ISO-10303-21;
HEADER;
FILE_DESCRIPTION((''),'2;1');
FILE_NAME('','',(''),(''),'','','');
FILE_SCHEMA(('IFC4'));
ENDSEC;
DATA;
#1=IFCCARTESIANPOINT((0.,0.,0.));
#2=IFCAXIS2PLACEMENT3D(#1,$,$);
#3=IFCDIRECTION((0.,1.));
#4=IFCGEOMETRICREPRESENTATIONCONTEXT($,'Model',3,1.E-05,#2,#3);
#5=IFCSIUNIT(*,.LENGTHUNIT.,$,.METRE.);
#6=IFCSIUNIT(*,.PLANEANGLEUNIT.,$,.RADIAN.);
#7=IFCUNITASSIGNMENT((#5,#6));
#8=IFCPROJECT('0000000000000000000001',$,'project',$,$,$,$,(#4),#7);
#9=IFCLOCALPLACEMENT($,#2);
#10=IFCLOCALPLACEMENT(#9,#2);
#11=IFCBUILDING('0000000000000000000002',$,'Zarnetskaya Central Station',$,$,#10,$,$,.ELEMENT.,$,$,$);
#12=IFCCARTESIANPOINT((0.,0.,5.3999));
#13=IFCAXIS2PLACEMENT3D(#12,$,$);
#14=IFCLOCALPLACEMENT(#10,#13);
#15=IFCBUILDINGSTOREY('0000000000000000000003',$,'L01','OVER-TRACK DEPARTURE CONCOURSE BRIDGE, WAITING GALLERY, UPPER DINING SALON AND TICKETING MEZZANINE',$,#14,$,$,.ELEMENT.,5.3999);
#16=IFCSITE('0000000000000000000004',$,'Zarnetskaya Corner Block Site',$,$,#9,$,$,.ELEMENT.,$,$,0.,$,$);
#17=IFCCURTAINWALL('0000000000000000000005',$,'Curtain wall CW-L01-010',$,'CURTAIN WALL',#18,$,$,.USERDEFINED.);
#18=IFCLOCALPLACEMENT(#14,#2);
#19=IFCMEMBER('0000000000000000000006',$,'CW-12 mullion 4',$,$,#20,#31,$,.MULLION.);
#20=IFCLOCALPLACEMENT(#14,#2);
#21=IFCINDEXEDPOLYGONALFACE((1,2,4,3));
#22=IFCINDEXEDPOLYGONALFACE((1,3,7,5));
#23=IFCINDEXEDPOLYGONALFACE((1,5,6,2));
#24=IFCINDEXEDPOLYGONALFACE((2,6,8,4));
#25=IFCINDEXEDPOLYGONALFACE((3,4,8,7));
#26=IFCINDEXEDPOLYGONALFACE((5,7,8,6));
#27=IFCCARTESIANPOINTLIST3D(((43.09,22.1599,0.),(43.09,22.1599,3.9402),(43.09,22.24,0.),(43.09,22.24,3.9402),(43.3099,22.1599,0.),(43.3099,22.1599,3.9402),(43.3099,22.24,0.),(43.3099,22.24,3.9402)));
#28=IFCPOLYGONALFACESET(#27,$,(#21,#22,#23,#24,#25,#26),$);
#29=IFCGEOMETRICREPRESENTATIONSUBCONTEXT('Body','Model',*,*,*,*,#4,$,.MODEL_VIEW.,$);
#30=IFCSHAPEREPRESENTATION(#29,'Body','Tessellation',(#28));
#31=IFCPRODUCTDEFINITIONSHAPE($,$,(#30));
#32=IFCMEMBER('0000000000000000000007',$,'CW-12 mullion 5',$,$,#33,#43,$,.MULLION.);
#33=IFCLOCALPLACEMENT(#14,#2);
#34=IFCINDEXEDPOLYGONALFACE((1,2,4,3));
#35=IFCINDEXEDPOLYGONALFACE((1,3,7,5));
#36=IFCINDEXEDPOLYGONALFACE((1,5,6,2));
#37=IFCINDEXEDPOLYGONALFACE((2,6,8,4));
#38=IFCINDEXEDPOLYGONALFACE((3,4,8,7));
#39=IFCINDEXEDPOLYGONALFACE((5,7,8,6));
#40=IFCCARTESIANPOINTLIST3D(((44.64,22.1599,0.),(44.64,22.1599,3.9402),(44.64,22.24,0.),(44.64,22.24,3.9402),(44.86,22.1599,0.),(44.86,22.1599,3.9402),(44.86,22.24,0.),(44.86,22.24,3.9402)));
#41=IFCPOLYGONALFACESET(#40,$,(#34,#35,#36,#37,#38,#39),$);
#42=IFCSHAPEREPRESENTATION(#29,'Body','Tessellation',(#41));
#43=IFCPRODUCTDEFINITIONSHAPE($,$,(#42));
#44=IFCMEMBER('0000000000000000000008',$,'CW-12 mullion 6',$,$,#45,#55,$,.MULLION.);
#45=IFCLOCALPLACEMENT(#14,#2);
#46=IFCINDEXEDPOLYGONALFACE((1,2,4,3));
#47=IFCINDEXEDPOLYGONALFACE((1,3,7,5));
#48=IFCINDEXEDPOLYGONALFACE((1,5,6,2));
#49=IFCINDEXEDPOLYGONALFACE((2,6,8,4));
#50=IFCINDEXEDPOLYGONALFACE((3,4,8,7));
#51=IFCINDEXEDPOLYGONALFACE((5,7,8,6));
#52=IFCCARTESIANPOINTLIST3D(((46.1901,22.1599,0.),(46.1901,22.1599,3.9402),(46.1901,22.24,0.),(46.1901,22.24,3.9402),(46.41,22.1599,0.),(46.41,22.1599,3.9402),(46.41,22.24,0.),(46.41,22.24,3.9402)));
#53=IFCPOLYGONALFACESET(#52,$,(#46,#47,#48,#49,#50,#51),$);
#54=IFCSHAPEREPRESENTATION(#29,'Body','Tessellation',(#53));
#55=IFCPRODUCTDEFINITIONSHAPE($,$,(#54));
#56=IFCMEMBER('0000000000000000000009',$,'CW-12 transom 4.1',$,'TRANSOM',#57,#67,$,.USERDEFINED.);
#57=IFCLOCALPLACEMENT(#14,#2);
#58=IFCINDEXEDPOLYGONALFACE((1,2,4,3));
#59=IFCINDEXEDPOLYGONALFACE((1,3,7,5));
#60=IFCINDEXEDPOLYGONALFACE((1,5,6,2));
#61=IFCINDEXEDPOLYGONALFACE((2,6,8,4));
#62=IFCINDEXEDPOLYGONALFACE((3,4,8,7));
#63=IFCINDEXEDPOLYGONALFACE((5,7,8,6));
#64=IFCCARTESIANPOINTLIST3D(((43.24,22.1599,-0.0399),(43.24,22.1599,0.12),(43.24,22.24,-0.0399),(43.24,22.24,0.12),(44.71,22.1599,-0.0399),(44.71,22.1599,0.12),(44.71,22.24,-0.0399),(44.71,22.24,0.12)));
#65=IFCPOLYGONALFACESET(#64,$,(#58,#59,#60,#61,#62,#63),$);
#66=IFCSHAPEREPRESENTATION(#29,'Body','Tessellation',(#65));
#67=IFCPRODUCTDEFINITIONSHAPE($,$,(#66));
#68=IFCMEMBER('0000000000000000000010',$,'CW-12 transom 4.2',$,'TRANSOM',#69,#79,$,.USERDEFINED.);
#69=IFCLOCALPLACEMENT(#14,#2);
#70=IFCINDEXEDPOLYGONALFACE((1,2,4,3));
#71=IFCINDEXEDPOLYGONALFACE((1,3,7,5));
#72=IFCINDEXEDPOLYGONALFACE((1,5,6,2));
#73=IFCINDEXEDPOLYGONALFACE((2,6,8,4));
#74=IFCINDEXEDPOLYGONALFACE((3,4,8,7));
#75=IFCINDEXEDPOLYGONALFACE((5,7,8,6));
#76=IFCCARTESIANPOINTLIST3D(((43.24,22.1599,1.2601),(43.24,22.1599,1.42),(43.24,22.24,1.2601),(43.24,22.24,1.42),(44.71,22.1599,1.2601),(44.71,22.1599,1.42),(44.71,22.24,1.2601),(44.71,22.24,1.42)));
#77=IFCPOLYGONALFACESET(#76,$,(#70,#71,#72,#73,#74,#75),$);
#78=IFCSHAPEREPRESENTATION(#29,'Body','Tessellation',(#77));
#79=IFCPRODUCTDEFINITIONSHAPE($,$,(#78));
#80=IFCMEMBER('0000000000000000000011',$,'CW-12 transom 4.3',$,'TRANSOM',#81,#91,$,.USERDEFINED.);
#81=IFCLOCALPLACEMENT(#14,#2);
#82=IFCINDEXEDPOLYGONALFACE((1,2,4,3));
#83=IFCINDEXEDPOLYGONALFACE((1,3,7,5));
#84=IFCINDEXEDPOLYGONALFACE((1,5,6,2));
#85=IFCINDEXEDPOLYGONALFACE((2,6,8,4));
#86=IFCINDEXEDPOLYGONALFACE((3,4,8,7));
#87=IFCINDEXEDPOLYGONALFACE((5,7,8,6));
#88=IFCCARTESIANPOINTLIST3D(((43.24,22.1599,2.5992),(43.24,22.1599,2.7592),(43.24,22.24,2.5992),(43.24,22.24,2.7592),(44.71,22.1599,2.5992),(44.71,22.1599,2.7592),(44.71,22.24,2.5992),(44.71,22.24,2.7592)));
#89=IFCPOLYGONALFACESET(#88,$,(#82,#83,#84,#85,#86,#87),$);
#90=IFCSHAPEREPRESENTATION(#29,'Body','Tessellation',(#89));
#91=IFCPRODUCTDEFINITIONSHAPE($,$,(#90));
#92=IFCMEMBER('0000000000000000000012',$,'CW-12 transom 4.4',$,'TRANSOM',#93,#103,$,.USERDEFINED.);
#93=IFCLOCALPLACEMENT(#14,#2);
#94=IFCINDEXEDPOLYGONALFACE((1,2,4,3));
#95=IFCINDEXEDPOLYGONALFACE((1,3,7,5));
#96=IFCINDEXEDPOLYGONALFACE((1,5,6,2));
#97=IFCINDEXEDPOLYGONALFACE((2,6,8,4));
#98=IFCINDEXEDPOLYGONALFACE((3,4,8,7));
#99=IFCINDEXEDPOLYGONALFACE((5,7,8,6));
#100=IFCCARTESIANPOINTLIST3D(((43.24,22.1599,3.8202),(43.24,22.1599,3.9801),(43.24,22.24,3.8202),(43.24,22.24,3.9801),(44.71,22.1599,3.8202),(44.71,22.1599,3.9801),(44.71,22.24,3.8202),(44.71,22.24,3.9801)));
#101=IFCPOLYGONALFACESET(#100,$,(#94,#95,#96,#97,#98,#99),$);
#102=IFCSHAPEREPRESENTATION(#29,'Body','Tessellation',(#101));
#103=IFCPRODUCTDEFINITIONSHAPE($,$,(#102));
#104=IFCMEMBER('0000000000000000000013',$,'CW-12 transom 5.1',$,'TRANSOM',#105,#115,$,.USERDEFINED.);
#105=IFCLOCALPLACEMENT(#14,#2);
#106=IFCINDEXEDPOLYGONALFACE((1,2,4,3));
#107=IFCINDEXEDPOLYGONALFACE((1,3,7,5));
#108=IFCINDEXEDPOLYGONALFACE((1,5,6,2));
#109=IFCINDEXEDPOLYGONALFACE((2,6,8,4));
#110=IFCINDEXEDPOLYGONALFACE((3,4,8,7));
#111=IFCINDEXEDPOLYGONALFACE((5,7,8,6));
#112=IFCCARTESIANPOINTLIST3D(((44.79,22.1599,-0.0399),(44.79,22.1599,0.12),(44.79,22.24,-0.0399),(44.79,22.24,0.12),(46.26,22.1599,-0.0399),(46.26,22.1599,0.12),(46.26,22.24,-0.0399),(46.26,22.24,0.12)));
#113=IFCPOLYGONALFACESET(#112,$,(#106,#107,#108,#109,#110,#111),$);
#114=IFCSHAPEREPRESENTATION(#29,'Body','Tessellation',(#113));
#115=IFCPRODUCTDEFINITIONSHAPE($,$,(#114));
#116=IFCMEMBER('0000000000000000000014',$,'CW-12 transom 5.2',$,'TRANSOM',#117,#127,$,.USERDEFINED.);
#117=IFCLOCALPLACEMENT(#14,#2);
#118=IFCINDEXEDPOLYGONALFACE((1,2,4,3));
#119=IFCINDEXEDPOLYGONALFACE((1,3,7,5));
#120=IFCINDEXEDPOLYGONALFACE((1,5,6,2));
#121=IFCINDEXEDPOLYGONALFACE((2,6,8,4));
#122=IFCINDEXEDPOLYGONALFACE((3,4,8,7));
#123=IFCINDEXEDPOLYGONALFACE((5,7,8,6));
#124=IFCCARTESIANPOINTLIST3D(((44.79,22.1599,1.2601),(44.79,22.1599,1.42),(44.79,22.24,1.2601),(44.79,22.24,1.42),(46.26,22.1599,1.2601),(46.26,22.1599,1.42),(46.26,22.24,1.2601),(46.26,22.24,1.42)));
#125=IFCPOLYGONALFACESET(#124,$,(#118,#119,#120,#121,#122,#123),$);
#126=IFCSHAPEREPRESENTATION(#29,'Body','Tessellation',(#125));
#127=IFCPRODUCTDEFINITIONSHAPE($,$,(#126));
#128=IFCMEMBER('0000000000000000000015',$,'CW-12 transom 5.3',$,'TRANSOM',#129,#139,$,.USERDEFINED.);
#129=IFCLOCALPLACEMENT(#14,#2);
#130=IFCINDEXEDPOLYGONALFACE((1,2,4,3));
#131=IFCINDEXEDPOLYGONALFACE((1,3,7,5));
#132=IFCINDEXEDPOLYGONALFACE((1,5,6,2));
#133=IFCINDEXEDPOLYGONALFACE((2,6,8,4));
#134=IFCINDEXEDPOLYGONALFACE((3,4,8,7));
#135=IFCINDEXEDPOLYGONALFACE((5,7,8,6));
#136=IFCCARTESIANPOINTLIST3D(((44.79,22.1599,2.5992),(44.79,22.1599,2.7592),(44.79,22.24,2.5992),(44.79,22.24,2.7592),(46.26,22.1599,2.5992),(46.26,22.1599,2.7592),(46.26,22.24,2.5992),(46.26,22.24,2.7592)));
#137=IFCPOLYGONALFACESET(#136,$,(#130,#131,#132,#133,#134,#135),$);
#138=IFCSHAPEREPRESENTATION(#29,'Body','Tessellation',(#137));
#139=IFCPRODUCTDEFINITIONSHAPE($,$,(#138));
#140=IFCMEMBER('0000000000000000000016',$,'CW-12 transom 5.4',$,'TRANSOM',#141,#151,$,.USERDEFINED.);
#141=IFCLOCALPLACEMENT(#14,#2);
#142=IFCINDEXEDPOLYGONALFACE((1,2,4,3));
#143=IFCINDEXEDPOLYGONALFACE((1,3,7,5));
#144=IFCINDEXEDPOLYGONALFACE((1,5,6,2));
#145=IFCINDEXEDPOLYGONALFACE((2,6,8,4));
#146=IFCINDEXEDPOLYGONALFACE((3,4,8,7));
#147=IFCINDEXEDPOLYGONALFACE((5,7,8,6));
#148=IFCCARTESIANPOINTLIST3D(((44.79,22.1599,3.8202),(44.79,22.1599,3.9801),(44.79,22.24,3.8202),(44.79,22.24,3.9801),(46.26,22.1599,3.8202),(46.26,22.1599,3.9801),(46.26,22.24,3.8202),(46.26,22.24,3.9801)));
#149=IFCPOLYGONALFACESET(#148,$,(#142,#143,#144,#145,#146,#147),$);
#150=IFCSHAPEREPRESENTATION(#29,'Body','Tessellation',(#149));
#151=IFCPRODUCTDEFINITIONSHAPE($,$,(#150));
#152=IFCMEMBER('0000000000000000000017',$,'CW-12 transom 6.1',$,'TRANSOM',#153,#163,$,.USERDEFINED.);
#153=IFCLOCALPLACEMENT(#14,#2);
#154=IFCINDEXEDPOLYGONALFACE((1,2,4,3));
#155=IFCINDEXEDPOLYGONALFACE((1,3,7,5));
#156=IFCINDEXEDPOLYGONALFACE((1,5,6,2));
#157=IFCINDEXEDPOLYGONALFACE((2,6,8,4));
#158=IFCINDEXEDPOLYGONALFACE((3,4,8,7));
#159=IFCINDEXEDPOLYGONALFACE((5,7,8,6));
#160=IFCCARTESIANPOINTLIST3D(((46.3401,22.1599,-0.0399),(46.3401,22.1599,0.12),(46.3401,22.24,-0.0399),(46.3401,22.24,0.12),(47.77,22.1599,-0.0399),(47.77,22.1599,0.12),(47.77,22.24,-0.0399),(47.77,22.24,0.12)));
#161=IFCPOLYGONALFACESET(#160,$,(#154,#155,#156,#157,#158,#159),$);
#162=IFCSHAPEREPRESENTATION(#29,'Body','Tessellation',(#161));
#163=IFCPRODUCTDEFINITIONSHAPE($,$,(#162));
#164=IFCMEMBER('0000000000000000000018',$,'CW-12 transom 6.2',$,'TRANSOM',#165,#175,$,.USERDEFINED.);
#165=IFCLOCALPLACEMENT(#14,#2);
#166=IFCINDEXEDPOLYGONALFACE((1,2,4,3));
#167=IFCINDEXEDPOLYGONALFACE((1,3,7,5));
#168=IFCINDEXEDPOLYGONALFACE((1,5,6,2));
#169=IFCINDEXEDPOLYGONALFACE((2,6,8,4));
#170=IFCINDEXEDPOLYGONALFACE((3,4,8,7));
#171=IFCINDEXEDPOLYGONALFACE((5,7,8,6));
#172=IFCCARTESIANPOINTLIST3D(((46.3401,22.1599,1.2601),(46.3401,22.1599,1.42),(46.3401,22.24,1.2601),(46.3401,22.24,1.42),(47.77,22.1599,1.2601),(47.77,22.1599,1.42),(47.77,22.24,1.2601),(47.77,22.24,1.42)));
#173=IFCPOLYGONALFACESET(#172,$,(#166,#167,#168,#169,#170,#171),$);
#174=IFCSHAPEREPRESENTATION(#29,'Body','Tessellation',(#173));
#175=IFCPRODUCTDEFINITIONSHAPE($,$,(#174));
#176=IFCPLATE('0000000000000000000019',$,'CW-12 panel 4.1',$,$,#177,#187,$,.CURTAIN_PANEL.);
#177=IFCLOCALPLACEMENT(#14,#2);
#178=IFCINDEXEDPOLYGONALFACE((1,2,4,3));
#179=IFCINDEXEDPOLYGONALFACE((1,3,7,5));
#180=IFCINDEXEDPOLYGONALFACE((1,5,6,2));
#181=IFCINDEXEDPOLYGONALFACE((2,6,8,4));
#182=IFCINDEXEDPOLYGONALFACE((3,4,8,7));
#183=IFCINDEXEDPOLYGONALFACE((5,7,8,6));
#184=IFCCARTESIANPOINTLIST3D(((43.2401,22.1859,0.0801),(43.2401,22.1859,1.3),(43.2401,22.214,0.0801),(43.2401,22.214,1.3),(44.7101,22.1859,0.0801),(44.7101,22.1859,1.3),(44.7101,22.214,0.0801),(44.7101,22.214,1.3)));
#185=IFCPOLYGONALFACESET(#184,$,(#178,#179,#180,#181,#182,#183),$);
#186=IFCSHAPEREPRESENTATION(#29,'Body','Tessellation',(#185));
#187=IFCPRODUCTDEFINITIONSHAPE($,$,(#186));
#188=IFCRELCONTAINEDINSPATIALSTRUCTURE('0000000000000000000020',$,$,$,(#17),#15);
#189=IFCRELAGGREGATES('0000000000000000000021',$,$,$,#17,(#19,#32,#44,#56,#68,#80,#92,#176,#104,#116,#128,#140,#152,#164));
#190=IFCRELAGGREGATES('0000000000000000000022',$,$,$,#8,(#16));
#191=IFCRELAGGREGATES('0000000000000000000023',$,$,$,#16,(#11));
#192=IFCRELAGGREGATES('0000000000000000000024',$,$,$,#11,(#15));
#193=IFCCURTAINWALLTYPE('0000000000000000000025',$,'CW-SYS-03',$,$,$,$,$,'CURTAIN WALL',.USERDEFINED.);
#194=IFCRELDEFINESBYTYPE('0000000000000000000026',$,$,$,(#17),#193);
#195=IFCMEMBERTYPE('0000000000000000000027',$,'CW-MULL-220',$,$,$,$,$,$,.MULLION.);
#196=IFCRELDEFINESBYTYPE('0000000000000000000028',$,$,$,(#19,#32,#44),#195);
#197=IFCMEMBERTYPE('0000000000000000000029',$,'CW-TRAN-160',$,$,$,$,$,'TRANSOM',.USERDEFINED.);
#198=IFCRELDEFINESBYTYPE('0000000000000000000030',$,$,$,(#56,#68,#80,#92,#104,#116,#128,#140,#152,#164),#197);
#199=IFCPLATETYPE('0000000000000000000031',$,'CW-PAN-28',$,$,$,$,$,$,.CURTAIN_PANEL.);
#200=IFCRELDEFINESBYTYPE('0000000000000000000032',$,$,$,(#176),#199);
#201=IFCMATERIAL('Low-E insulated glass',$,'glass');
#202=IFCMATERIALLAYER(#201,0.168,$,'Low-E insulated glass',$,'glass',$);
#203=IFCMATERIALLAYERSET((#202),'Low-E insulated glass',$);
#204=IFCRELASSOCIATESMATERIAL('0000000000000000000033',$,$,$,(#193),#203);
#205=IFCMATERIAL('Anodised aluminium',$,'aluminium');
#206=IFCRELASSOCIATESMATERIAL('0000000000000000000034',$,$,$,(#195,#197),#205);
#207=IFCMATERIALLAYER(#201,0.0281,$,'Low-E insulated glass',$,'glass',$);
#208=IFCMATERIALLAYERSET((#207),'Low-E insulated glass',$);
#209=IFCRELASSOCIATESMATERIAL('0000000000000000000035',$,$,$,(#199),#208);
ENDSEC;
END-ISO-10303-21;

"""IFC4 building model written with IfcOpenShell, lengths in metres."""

from ifc_helpers import new_model, si_unit, direction, frame, origin, origin_2d, place, context, subcontext, project, spatial, rectangle, extrude, material, layer, layer_set, material_profile, profile_set, type_object, element, aggregate, save


model = new_model("IFC4")

# Units and contexts
model_context = context("Model", 3, precision=1e-05, world=origin(), true_north=direction((0.0, 1.0)))
body_context = subcontext(model_context, "Body", "Model", "MODEL_VIEW")
ifc_project = project(units=[si_unit("LENGTHUNIT", "METRE"), si_unit("PLANEANGLEUNIT", "RADIAN")], contexts=[model_context])

# Site, building, storey
site_placement = place(None, origin())
site = spatial("IfcSite", under=ifc_project, at=site_placement, Name="Zarnetskaya Corner Block Site", CompositionType="ELEMENT", RefElevation=0.0)
building_placement = place(site_placement, origin())
building = spatial("IfcBuilding", under=site, at=building_placement, Name="Zarnetskaya Central Station", CompositionType="ELEMENT")
storey_placement = place(building_placement, frame((0.0, 0.0, 5.3999)))
storey = spatial("IfcBuildingStorey", under=building, at=storey_placement, Name="L01", Description="OVER-TRACK DEPARTURE CONCOURSE BRIDGE, WAITING GALLERY, UPPER DINING SALON AND TICKETING MEZZANINE", CompositionType="ELEMENT", Elevation=5.3999)

# Curtain wall, members, plate
ifc_material_1 = material(Name="Low-E insulated glass", Category="glass")
ifc_layer_1 = layer(ifc_material_1, 0.168, Name="Low-E insulated glass", Category="glass")
ifc_layer_set_1 = layer_set([ifc_layer_1], Name="Low-E insulated glass")
curtain_wall_type = type_object("IfcCurtainWallType", Name="CW-SYS-03", ElementType="CURTAIN WALL", PredefinedType="USERDEFINED", material=ifc_layer_set_1)
curtain_wall_placement = place(storey_placement, origin())
curtain_wall = element("IfcCurtainWall", 1, at=curtain_wall_placement, inside=storey, type_object=curtain_wall_type, Name="Curtain wall CW-L01-010", ObjectType="CURTAIN WALL", PredefinedType="USERDEFINED")
ifc_material_2 = material(Name="Anodised aluminium", Category="aluminium")
ifc_material_profile_1 = material_profile(ifc_material_2, rectangle(XDim=0.0801, YDim=0.22, at=origin_2d()), Name="ALU MULL 80x220")
ifc_profile_set_1 = profile_set([ifc_material_profile_1], Name="Anodised aluminium")
member_type_1 = type_object("IfcMemberType", Name="CW-MULL-220", PredefinedType="MULLION", material=ifc_profile_set_1)
member_1_placement = place(storey_placement, frame((43.2, 22.2, 0.0), z_axis=(0.0, 0.0, 1.0), x_axis=(0.0, 1.0, 0.0)))
member_1 = element("IfcMember", 2, at=member_1_placement, type_object=member_type_1, Name="CW-12 mullion 4", PredefinedType="MULLION", context=body_context, shape_type="SweptSolid", body=[
    extrude(rectangle(XDim=0.0801, YDim=0.22, at=origin_2d()), origin(), (0.0, 0.0, 1.0), 3.9402),
])
member_2_placement = place(storey_placement, frame((44.75, 22.2, 0.0), z_axis=(0.0, 0.0, 1.0), x_axis=(0.0, 1.0, 0.0)))
member_2 = element("IfcMember", 3, at=member_2_placement, type_object=member_type_1, Name="CW-12 mullion 5", PredefinedType="MULLION", context=body_context, shape_type="SweptSolid", body=[
    extrude(rectangle(XDim=0.0801, YDim=0.22, at=origin_2d()), origin(), (0.0, 0.0, 1.0), 3.9402),
])
member_3_placement = place(storey_placement, frame((46.3, 22.2, 0.0), z_axis=(0.0, 0.0, 1.0), x_axis=(0.0, 1.0, 0.0)))
member_3 = element("IfcMember", 4, at=member_3_placement, type_object=member_type_1, Name="CW-12 mullion 6", PredefinedType="MULLION", context=body_context, shape_type="SweptSolid", body=[
    extrude(rectangle(XDim=0.0801, YDim=0.22, at=origin_2d()), origin(), (0.0, 0.0, 1.0), 3.9402),
])
ifc_material_profile_2 = material_profile(ifc_material_2, rectangle(XDim=0.0801, YDim=0.1599, at=origin_2d()), Name="ALU TRAN 80x160")
ifc_profile_set_2 = profile_set([ifc_material_profile_2], Name="Anodised aluminium")
member_type_2 = type_object("IfcMemberType", Name="CW-TRAN-160", ElementType="TRANSOM", PredefinedType="USERDEFINED", material=ifc_profile_set_2)
member_4_placement = place(storey_placement, frame((43.24, 22.2, 0.04), z_axis=(1.0, 0.0, 0.0), x_axis=(0.0, 1.0, 0.0)))
member_4 = element("IfcMember", 5, at=member_4_placement, type_object=member_type_2, Name="CW-12 transom 4.1", ObjectType="TRANSOM", PredefinedType="USERDEFINED", context=body_context, shape_type="SweptSolid", body=[
    extrude(rectangle(XDim=0.0801, YDim=0.1599, at=origin_2d()), origin(), (0.0, 0.0, 1.0), 1.47),
])
member_5_placement = place(storey_placement, frame((43.24, 22.2, 1.3401), z_axis=(1.0, 0.0, 0.0), x_axis=(0.0, 1.0, 0.0)))
member_5 = element("IfcMember", 6, at=member_5_placement, type_object=member_type_2, Name="CW-12 transom 4.2", ObjectType="TRANSOM", PredefinedType="USERDEFINED", context=body_context, shape_type="SweptSolid", body=[
    extrude(rectangle(XDim=0.0801, YDim=0.1599, at=origin_2d()), origin(), (0.0, 0.0, 1.0), 1.47),
])
member_6_placement = place(storey_placement, frame((43.24, 22.2, 2.6792), z_axis=(1.0, 0.0, 0.0), x_axis=(0.0, 1.0, 0.0)))
member_6 = element("IfcMember", 7, at=member_6_placement, type_object=member_type_2, Name="CW-12 transom 4.3", ObjectType="TRANSOM", PredefinedType="USERDEFINED", context=body_context, shape_type="SweptSolid", body=[
    extrude(rectangle(XDim=0.0801, YDim=0.1599, at=origin_2d()), origin(), (0.0, 0.0, 1.0), 1.47),
])
member_7_placement = place(storey_placement, frame((43.24, 22.2, 3.9001), z_axis=(1.0, 0.0, 0.0), x_axis=(0.0, 1.0, 0.0)))
member_7 = element("IfcMember", 8, at=member_7_placement, type_object=member_type_2, Name="CW-12 transom 4.4", ObjectType="TRANSOM", PredefinedType="USERDEFINED", context=body_context, shape_type="SweptSolid", body=[
    extrude(rectangle(XDim=0.0801, YDim=0.1599, at=origin_2d()), origin(), (0.0, 0.0, 1.0), 1.47),
])
member_8_placement = place(storey_placement, frame((44.79, 22.2, 0.04), z_axis=(1.0, 0.0, 0.0), x_axis=(0.0, 1.0, 0.0)))
member_8 = element("IfcMember", 9, at=member_8_placement, type_object=member_type_2, Name="CW-12 transom 5.1", ObjectType="TRANSOM", PredefinedType="USERDEFINED", context=body_context, shape_type="SweptSolid", body=[
    extrude(rectangle(XDim=0.0801, YDim=0.1599, at=origin_2d()), origin(), (0.0, 0.0, 1.0), 1.47),
])
member_9_placement = place(storey_placement, frame((44.79, 22.2, 1.3401), z_axis=(1.0, 0.0, 0.0), x_axis=(0.0, 1.0, 0.0)))
member_9 = element("IfcMember", 10, at=member_9_placement, type_object=member_type_2, Name="CW-12 transom 5.2", ObjectType="TRANSOM", PredefinedType="USERDEFINED", context=body_context, shape_type="SweptSolid", body=[
    extrude(rectangle(XDim=0.0801, YDim=0.1599, at=origin_2d()), origin(), (0.0, 0.0, 1.0), 1.47),
])
member_10_placement = place(storey_placement, frame((44.79, 22.2, 2.6792), z_axis=(1.0, 0.0, 0.0), x_axis=(0.0, 1.0, 0.0)))
member_10 = element("IfcMember", 11, at=member_10_placement, type_object=member_type_2, Name="CW-12 transom 5.3", ObjectType="TRANSOM", PredefinedType="USERDEFINED", context=body_context, shape_type="SweptSolid", body=[
    extrude(rectangle(XDim=0.0801, YDim=0.1599, at=origin_2d()), origin(), (0.0, 0.0, 1.0), 1.47),
])
member_11_placement = place(storey_placement, frame((44.79, 22.2, 3.9001), z_axis=(1.0, 0.0, 0.0), x_axis=(0.0, 1.0, 0.0)))
member_11 = element("IfcMember", 12, at=member_11_placement, type_object=member_type_2, Name="CW-12 transom 5.4", ObjectType="TRANSOM", PredefinedType="USERDEFINED", context=body_context, shape_type="SweptSolid", body=[
    extrude(rectangle(XDim=0.0801, YDim=0.1599, at=origin_2d()), origin(), (0.0, 0.0, 1.0), 1.47),
])
member_12_placement = place(storey_placement, frame((46.3401, 22.2, 0.04), z_axis=(1.0, 0.0, 0.0), x_axis=(0.0, 1.0, 0.0)))
member_12 = element("IfcMember", 13, at=member_12_placement, type_object=member_type_2, Name="CW-12 transom 6.1", ObjectType="TRANSOM", PredefinedType="USERDEFINED", context=body_context, shape_type="SweptSolid", body=[
    extrude(rectangle(XDim=0.0801, YDim=0.1599, at=origin_2d()), origin(), (0.0, 0.0, 1.0), 1.4299),
])
member_13_placement = place(storey_placement, frame((46.3401, 22.2, 1.3401), z_axis=(1.0, 0.0, 0.0), x_axis=(0.0, 1.0, 0.0)))
member_13 = element("IfcMember", 14, at=member_13_placement, type_object=member_type_2, Name="CW-12 transom 6.2", ObjectType="TRANSOM", PredefinedType="USERDEFINED", context=body_context, shape_type="SweptSolid", body=[
    extrude(rectangle(XDim=0.0801, YDim=0.1599, at=origin_2d()), origin(), (0.0, 0.0, 1.0), 1.4299),
])
ifc_layer_2 = layer(ifc_material_1, 0.0281, Name="Low-E insulated glass", Category="glass")
ifc_layer_set_2 = layer_set([ifc_layer_2], Name="Low-E insulated glass")
plate_type = type_object("IfcPlateType", Name="CW-PAN-28", PredefinedType="CURTAIN_PANEL", material=ifc_layer_set_2)
plate_1_placement = place(storey_placement, frame((43.9751, 22.2, 0.0801), z_axis=(0.0, 0.0, 1.0), x_axis=(1.0, 0.0, 0.0)))
plate_1 = element("IfcPlate", 15, at=plate_1_placement, type_object=plate_type, Name="CW-12 panel 4.1", PredefinedType="CURTAIN_PANEL", context=body_context, shape_type="SweptSolid", body=[
    extrude(rectangle(XDim=1.47, YDim=0.0281, at=origin_2d()), origin(), (0.0, 0.0, 1.0), 1.22),
])
aggregate(curtain_wall, [member_1, member_2, member_3, member_4, member_5, member_6, member_7, plate_1, member_8, member_9, member_10, member_11, member_12, member_13])

save(model, "model.ifc")
